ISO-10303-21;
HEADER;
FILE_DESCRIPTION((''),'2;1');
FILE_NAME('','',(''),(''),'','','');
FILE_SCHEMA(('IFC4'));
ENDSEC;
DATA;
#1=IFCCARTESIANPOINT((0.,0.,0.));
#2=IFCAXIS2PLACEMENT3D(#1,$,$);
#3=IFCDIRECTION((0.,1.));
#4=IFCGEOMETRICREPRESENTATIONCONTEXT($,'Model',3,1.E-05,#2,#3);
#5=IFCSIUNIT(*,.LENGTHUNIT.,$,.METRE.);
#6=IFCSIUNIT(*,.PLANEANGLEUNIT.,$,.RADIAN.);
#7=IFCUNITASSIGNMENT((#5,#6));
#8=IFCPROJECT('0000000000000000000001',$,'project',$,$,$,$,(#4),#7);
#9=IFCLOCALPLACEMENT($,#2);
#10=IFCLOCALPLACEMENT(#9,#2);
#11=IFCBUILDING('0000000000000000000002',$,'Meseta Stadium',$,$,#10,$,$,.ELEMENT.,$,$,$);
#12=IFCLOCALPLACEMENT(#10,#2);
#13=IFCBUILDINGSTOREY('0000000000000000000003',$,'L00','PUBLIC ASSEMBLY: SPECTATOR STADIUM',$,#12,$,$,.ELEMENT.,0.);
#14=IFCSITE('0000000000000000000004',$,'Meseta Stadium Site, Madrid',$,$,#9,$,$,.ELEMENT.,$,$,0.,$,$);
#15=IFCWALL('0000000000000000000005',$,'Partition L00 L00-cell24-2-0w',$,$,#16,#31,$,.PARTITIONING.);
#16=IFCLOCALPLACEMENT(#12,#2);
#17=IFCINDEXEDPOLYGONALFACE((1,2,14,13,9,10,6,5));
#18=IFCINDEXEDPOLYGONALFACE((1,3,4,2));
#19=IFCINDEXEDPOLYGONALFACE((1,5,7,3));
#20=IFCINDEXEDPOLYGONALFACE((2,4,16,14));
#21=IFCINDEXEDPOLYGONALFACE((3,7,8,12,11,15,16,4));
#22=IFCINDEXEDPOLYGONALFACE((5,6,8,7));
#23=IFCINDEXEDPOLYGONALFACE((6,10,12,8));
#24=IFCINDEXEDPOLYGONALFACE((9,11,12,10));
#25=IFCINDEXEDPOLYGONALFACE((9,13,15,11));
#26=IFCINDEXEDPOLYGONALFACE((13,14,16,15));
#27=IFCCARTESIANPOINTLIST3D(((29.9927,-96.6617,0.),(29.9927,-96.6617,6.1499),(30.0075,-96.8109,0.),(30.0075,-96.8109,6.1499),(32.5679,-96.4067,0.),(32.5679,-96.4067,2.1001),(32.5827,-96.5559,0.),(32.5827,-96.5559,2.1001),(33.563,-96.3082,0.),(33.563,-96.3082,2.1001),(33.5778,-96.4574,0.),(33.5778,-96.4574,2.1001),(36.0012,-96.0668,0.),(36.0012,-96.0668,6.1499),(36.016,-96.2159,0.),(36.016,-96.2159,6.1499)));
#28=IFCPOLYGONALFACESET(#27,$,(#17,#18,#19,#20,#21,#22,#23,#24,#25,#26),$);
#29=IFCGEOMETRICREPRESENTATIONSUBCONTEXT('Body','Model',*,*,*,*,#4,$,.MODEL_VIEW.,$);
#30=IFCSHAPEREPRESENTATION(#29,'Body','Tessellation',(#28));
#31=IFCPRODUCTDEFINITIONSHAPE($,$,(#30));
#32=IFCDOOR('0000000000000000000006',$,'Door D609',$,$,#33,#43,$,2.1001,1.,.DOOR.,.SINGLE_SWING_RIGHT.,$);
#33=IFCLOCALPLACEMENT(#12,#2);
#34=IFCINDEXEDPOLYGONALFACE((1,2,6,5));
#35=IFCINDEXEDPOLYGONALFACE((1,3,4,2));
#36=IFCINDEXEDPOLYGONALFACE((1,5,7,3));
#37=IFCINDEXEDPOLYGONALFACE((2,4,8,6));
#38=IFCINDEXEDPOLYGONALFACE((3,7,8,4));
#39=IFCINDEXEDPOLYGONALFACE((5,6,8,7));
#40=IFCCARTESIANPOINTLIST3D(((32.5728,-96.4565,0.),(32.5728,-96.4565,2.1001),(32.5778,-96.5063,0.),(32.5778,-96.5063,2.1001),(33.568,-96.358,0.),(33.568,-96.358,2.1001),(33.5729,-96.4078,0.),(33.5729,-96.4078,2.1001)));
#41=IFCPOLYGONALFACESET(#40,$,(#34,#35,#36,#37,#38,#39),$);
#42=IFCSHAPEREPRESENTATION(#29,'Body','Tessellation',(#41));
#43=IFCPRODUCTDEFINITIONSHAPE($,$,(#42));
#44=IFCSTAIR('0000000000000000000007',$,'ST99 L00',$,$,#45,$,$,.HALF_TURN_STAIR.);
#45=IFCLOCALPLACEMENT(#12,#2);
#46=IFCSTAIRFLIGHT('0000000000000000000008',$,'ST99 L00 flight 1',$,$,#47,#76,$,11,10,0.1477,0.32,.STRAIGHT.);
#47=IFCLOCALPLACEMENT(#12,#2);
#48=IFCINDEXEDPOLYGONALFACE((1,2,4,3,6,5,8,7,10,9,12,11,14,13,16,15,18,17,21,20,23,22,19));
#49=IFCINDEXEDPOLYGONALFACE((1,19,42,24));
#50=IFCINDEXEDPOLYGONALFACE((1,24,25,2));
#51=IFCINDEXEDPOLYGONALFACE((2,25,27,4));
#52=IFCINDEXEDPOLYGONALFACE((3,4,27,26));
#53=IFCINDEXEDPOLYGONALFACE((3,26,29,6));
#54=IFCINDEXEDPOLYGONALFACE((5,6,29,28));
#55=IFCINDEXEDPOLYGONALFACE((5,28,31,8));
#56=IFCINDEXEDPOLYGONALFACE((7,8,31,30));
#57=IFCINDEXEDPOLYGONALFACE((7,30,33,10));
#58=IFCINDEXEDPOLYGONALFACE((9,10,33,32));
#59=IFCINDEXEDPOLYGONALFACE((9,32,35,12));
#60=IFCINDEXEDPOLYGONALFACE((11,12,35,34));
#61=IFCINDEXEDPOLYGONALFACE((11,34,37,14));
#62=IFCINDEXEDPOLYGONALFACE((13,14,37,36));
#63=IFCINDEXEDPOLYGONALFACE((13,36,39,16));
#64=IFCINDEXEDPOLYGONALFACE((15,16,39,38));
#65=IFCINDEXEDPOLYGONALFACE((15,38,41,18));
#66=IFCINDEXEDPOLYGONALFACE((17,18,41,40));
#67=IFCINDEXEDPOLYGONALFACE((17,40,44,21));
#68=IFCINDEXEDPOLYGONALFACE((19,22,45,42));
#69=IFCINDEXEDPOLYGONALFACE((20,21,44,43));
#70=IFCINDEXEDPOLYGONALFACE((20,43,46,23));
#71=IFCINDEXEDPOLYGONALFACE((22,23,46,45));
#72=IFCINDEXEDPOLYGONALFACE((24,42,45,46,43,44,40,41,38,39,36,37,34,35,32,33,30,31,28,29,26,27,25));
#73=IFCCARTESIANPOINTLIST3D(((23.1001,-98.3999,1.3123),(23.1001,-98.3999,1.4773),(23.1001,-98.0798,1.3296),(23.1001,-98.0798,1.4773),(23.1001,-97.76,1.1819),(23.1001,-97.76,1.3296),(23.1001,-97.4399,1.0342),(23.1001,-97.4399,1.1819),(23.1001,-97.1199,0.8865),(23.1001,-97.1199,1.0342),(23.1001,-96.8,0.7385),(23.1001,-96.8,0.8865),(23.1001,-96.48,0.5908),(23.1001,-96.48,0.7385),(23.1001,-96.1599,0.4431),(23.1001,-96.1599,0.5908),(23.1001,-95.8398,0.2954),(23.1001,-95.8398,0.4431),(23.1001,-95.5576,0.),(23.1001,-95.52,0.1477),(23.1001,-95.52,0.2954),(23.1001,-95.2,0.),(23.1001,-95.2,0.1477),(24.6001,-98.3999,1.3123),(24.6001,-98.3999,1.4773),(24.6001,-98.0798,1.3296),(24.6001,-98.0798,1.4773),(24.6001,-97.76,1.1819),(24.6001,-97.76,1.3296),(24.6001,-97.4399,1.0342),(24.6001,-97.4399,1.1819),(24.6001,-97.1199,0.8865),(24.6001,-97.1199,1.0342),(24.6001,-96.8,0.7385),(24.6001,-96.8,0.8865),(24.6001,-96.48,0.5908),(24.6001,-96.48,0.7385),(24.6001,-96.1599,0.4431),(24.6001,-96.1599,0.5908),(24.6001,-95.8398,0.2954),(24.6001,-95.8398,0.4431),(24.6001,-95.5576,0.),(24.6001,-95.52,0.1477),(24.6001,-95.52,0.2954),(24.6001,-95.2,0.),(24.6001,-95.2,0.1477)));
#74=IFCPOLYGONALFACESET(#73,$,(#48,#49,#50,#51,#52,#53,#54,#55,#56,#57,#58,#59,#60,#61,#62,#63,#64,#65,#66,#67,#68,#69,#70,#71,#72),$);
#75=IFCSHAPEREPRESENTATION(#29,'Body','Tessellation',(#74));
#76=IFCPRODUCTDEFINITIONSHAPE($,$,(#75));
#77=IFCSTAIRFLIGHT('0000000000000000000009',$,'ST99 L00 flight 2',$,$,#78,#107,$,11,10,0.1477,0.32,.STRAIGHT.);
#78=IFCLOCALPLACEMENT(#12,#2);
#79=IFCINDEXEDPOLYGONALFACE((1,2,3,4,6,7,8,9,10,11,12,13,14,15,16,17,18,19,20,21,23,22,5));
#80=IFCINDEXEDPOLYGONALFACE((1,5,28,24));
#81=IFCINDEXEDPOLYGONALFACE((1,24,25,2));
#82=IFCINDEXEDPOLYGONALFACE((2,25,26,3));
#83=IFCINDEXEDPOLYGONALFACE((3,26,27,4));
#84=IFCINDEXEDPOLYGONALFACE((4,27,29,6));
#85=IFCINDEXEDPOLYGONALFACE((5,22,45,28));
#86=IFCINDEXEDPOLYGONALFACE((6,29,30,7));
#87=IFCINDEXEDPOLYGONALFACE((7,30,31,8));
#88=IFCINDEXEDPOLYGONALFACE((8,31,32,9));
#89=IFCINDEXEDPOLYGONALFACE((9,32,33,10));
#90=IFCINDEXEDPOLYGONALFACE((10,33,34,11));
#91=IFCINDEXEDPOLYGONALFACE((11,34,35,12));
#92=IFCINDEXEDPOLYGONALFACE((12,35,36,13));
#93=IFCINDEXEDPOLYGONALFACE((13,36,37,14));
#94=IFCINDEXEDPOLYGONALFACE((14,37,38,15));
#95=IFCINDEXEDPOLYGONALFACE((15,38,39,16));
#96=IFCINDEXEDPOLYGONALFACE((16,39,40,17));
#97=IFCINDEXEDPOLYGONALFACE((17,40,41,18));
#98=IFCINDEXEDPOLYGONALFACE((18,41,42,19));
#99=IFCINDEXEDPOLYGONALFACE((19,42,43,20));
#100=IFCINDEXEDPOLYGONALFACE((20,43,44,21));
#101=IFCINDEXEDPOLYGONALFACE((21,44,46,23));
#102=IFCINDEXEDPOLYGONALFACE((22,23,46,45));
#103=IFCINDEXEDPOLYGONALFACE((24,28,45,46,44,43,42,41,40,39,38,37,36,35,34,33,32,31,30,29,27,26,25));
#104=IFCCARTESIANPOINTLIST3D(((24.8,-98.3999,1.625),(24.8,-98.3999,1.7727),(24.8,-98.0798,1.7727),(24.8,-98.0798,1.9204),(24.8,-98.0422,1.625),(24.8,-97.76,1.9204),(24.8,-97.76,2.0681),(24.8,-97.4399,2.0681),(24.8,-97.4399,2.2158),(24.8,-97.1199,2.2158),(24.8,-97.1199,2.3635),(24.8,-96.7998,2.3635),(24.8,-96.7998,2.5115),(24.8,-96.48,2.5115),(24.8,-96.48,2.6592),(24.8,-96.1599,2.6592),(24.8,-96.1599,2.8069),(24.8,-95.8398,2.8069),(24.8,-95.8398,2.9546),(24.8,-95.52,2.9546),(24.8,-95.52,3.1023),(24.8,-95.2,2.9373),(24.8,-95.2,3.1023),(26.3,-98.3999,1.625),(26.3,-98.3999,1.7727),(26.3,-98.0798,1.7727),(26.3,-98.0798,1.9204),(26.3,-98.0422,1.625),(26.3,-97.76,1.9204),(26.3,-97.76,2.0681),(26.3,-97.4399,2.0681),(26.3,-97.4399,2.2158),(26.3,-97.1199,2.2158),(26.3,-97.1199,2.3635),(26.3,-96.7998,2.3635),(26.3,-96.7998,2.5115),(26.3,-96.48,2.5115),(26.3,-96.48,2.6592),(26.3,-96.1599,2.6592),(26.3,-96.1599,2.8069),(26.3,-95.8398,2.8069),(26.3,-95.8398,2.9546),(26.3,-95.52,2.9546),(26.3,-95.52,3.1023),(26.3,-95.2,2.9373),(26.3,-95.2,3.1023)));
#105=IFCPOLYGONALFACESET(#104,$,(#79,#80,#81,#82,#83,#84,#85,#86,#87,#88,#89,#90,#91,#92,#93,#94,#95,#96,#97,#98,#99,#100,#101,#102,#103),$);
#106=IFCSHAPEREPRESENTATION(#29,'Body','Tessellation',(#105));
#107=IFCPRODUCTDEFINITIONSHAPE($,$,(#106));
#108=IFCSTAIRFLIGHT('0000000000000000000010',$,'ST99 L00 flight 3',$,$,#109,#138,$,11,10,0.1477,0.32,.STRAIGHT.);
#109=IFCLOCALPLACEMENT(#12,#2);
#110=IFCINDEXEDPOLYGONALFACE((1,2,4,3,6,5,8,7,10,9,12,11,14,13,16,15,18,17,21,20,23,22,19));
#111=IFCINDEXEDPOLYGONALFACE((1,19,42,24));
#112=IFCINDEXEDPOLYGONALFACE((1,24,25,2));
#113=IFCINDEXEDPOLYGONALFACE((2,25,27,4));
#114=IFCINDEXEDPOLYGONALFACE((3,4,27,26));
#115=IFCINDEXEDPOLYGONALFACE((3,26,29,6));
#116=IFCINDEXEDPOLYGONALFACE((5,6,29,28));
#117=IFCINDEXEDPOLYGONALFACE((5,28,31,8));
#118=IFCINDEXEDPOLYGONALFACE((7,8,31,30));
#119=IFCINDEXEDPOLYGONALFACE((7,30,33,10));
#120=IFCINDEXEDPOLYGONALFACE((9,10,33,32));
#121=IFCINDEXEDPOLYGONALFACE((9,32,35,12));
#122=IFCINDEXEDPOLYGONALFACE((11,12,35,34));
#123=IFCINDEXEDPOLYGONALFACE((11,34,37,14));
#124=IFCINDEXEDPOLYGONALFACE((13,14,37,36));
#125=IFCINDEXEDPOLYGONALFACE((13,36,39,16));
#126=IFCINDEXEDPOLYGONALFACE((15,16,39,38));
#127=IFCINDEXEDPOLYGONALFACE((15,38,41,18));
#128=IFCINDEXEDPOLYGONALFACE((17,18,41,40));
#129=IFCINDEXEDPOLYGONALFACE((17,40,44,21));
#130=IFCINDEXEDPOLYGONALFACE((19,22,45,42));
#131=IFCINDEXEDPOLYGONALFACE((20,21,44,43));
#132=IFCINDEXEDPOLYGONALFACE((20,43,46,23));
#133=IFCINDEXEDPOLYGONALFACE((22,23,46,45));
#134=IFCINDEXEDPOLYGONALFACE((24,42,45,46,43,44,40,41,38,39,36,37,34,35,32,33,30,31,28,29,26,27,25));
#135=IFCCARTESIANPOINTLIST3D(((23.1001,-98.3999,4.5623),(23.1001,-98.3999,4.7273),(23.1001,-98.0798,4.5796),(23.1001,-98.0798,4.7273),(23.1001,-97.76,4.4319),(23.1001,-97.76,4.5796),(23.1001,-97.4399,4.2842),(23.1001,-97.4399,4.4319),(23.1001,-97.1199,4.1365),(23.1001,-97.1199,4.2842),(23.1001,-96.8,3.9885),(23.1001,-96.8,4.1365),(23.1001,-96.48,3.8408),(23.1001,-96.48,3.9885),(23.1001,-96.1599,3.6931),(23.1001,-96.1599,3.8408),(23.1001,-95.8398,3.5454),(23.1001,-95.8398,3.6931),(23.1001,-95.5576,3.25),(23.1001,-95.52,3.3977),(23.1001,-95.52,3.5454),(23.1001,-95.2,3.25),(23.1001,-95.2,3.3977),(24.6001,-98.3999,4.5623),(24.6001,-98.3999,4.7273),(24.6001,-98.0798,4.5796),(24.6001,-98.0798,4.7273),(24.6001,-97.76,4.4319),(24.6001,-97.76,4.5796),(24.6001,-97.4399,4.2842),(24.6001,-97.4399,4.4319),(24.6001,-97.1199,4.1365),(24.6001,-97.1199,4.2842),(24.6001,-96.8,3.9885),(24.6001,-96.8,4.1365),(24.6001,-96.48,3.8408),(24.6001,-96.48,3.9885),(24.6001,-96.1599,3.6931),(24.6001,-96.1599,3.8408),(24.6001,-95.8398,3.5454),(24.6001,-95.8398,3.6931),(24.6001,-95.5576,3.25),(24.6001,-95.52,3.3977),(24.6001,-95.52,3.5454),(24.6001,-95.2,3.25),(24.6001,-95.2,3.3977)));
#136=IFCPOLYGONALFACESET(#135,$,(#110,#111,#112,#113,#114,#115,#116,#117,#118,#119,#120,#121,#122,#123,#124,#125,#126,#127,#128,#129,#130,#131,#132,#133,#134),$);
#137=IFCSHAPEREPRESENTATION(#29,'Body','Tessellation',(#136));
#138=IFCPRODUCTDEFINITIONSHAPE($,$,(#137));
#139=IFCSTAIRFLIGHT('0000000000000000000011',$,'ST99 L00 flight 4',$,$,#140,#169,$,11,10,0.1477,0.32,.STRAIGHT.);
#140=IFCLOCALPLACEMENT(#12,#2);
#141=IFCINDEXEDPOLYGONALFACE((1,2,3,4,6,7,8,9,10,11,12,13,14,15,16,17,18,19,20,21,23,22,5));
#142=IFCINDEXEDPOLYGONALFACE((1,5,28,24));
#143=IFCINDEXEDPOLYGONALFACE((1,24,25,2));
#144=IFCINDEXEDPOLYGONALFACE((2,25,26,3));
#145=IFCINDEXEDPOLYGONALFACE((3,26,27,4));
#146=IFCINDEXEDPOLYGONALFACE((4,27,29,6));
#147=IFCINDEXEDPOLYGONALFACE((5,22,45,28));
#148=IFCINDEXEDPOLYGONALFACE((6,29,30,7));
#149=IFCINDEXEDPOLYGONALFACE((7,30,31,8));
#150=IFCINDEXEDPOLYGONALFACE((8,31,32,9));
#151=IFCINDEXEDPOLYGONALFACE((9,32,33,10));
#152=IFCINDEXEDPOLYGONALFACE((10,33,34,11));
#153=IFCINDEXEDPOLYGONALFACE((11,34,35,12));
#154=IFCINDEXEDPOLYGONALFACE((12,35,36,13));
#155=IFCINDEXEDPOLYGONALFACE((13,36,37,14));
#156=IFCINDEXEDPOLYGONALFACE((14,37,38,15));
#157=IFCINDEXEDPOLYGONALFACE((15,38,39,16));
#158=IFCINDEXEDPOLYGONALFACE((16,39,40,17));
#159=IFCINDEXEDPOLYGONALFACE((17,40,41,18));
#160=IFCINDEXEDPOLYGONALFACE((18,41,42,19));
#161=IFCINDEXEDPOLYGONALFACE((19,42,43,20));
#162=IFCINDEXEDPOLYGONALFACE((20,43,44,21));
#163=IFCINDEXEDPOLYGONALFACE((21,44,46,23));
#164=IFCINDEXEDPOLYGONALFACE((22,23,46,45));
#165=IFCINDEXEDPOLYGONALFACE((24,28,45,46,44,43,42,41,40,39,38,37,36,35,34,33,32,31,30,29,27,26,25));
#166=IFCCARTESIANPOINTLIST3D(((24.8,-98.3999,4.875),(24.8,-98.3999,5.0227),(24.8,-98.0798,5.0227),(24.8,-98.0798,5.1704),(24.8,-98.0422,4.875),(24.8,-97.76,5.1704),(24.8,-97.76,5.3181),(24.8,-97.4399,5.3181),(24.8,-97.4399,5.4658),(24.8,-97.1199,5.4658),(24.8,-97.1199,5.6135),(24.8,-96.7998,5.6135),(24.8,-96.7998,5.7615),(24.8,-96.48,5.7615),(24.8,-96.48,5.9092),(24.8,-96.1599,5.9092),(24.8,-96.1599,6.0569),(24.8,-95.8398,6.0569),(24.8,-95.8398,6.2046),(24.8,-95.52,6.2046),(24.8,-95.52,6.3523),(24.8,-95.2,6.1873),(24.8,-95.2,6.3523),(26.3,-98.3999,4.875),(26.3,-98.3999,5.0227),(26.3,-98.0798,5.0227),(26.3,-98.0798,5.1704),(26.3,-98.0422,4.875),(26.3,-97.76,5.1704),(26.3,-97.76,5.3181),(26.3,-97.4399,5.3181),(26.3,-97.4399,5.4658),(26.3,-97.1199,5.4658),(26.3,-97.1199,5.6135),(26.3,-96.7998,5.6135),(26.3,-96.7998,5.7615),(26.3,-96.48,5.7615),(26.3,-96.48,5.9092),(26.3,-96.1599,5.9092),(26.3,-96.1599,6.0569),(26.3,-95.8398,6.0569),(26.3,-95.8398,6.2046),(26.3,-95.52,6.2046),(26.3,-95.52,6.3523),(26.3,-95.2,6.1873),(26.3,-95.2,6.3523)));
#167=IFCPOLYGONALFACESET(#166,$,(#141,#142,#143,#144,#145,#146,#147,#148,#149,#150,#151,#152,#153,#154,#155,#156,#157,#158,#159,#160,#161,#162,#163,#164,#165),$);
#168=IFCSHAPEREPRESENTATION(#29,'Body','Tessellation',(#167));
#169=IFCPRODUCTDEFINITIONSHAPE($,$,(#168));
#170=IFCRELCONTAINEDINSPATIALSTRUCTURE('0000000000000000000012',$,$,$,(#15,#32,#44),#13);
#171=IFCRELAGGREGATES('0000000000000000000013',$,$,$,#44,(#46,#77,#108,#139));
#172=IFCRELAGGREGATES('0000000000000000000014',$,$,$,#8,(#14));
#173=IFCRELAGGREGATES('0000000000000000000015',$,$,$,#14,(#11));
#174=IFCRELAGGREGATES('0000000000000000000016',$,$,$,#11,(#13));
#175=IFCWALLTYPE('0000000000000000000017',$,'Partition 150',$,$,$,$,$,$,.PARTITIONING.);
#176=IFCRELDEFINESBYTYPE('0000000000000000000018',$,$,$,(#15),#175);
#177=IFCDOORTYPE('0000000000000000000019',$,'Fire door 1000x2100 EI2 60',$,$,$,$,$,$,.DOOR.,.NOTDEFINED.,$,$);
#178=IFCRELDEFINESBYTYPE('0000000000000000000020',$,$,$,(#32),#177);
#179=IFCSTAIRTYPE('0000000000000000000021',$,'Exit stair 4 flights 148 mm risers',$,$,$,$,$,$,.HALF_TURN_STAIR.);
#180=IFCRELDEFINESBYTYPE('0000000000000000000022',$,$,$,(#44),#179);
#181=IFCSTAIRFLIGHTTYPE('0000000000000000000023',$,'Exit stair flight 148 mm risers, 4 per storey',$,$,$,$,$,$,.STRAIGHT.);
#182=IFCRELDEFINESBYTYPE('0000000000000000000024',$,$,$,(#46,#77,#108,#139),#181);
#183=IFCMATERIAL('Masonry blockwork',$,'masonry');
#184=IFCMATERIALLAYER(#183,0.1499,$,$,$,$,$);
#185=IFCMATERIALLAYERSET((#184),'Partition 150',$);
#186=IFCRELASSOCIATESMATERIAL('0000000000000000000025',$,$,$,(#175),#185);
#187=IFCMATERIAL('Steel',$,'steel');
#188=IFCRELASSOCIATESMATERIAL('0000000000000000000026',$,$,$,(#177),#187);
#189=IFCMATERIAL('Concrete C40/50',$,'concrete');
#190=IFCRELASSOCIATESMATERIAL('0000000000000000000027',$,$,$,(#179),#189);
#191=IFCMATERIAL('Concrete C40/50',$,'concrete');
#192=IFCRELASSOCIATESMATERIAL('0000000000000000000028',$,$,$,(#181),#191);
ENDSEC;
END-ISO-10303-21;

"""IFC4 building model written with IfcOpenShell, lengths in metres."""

from ifc_helpers import new_model, si_unit, direction, frame, frame_2d, origin, place, context, subcontext, project, spatial, polyline, rectangle, outline, extrude, material, layer, layer_set, type_object, element, fill, aggregate, save


model = new_model("IFC4")

# Units and contexts
model_context = context("Model", 3, precision=1e-05, world=origin(), true_north=direction((0.0, 1.0)))
body_context = subcontext(model_context, "Body", "Model", "MODEL_VIEW")
ifc_project = project(units=[si_unit("LENGTHUNIT", "METRE"), si_unit("PLANEANGLEUNIT", "RADIAN")], contexts=[model_context])

# Site, building, storey
site_placement = place(None, origin())
site = spatial("IfcSite", under=ifc_project, at=site_placement, Name="Meseta Stadium Site, Madrid", CompositionType="ELEMENT", RefElevation=0.0)
building_placement = place(site_placement, origin())
building = spatial("IfcBuilding", under=site, at=building_placement, Name="Meseta Stadium", CompositionType="ELEMENT")
storey_placement = place(building_placement, origin())
storey = spatial("IfcBuildingStorey", under=building, at=storey_placement, Name="L00", Description="PUBLIC ASSEMBLY: SPECTATOR STADIUM", CompositionType="ELEMENT", Elevation=0.0)

# Wall, opening, door
ifc_material_1 = material(Name="Masonry blockwork", Category="masonry")
ifc_layer = layer(ifc_material_1, 0.1499)
ifc_layer_set = layer_set([ifc_layer], Name="Partition 150")
wall_type = type_object("IfcWallType", Name="Partition 150", PredefinedType="PARTITIONING", material=ifc_layer_set)
wall_placement = place(storey_placement, frame((30.0, -96.7363, 0.0), z_axis=(0.0, 0.0, 1.0), x_axis=(0.995133, 0.098539, 0.0)))
wall = element("IfcWall", 1, at=wall_placement, inside=storey, type_object=wall_type, Name="Partition L00 L00-cell24-2-0w", PredefinedType="PARTITIONING", context=body_context, shape_type="SweptSolid", body=[
    extrude(rectangle(XDim=6.0378, YDim=0.1499, at=frame_2d((3.019, 0.0))), origin(), (0.0, 0.0, 1.0), 6.1499),
])
opening_placement = place(wall_placement, frame((2.5879, 0.0, 0.0)))
opening = element("IfcOpeningElement", 2, at=opening_placement, cuts=wall, PredefinedType="OPENING", context=body_context, shape_type="SweptSolid", body=[
    extrude(rectangle(XDim=1.0, YDim=2.1001, at=frame_2d((0.5, 1.05))), frame((0.0, 0.085, 0.0), z_axis=(0.0, -1.0, 0.0), x_axis=(1.0, 0.0, 0.0)), (0.0, 0.0, 1.0), 0.1699),
])
ifc_material_2 = material(Name="Steel", Category="steel")
door_type = type_object("IfcDoorType", Name="Fire door 1000x2100 EI2 60", OperationType="NOTDEFINED", PredefinedType="DOOR", material=ifc_material_2)
door_placement = place(opening_placement, origin())
door = element("IfcDoor", 3, at=door_placement, inside=storey, type_object=door_type, Name="Door D609", OperationType="SINGLE_SWING_RIGHT", OverallHeight=2.1001, OverallWidth=1.0, PredefinedType="DOOR", context=body_context, shape_type="SweptSolid", body=[
    extrude(rectangle(XDim=1.0, YDim=2.1001, at=frame_2d((0.5, 1.05))), frame((0.0, 0.0249, 0.0), z_axis=(0.0, -1.0, 0.0), x_axis=(1.0, 0.0, 0.0)), (0.0, 0.0, 1.0), 0.05),
])
fill(opening, door)

# Stair, stair flights
ifc_material_3 = material(Name="Concrete C40/50", Category="concrete")
stair_type = type_object("IfcStairType", Name="Exit stair 4 flights 148 mm risers", PredefinedType="HALF_TURN_STAIR", material=ifc_material_3)
stair_1_placement = place(storey_placement, origin())
stair_1 = element("IfcStair", 4, at=stair_1_placement, inside=storey, type_object=stair_type, Name="ST99 L00", PredefinedType="HALF_TURN_STAIR")
ifc_material_4 = material(Name="Concrete C40/50", Category="concrete")
stair_flight_type = type_object("IfcStairFlightType", Name="Exit stair flight 148 mm risers, 4 per storey", PredefinedType="STRAIGHT", material=ifc_material_4)
stair_flight_1_placement = place(storey_placement, frame((23.8501, -95.2, 0.0), z_axis=(0.0, 0.0, 1.0), x_axis=(0.0, -1.0, 0.0)))
stair_flight_1 = element("IfcStairFlight", 5, at=stair_flight_1_placement, type_object=stair_flight_type, Name="ST99 L00 flight 1", NumberOfRisers=11, NumberOfTreads=10, PredefinedType="STRAIGHT", RiserHeight=0.1477, TreadLength=0.32, context=body_context, shape_type="SweptSolid", body=[
    extrude(outline(polyline([(0.0, 0.0), (0.0, 0.1477), (0.3201, 0.1477), (0.3201, 0.2954), (0.6399, 0.2954), (0.6399, 0.4431), (0.96, 0.4431), (0.96, 0.5908), (1.28, 0.5908), (1.28, 0.7385), (1.6001, 0.7385), (1.6001, 0.8865), (1.9199, 0.8865), (1.9199, 1.0342), (2.24, 1.0342), (2.24, 1.1819), (2.5601, 1.1819), (2.5601, 1.3296), (2.8799, 1.3296), (2.8799, 1.4773), (3.2, 1.4773), (3.2, 1.3123), (0.3577, 0.0), (0.0, 0.0)])), frame((0.0, 0.75, 0.0), z_axis=(0.0, -1.0, 0.0), x_axis=(1.0, 0.0, 0.0)), (0.0, 0.0, 1.0), 1.5),
])
stair_flight_2_placement = place(storey_placement, frame((25.55, -98.3999, 1.625), z_axis=(0.0, 0.0, 1.0), x_axis=(0.0, 1.0, 0.0)))
stair_flight_2 = element("IfcStairFlight", 6, at=stair_flight_2_placement, type_object=stair_flight_type, Name="ST99 L00 flight 2", NumberOfRisers=11, NumberOfTreads=10, PredefinedType="STRAIGHT", RiserHeight=0.1477, TreadLength=0.32, context=body_context, shape_type="SweptSolid", body=[
    extrude(outline(polyline([(0.0, 0.0), (0.0, 0.1477), (0.3201, 0.1477), (0.3201, 0.2954), (0.6399, 0.2954), (0.6399, 0.4431), (0.96, 0.4431), (0.96, 0.5908), (1.28, 0.5908), (1.28, 0.7385), (1.6001, 0.7385), (1.6001, 0.8865), (1.9199, 0.8865), (1.9199, 1.0342), (2.24, 1.0342), (2.24, 1.1819), (2.5601, 1.1819), (2.5601, 1.3296), (2.8799, 1.3296), (2.8799, 1.4773), (3.2, 1.4773), (3.2, 1.3123), (0.3577, 0.0), (0.0, 0.0)])), frame((0.0, 0.75, 0.0), z_axis=(0.0, -1.0, 0.0), x_axis=(1.0, 0.0, 0.0)), (0.0, 0.0, 1.0), 1.5),
])
stair_flight_3_placement = place(storey_placement, frame((23.8501, -95.2, 3.25), z_axis=(0.0, 0.0, 1.0), x_axis=(0.0, -1.0, 0.0)))
stair_flight_3 = element("IfcStairFlight", 7, at=stair_flight_3_placement, type_object=stair_flight_type, Name="ST99 L00 flight 3", NumberOfRisers=11, NumberOfTreads=10, PredefinedType="STRAIGHT", RiserHeight=0.1477, TreadLength=0.32, context=body_context, shape_type="SweptSolid", body=[
    extrude(outline(polyline([(0.0, 0.0), (0.0, 0.1477), (0.3201, 0.1477), (0.3201, 0.2954), (0.6399, 0.2954), (0.6399, 0.4431), (0.96, 0.4431), (0.96, 0.5908), (1.28, 0.5908), (1.28, 0.7385), (1.6001, 0.7385), (1.6001, 0.8865), (1.9199, 0.8865), (1.9199, 1.0342), (2.24, 1.0342), (2.24, 1.1819), (2.5601, 1.1819), (2.5601, 1.3296), (2.8799, 1.3296), (2.8799, 1.4773), (3.2, 1.4773), (3.2, 1.3123), (0.3577, 0.0), (0.0, 0.0)])), frame((0.0, 0.75, 0.0), z_axis=(0.0, -1.0, 0.0), x_axis=(1.0, 0.0, 0.0)), (0.0, 0.0, 1.0), 1.5),
])
stair_flight_4_placement = place(storey_placement, frame((25.55, -98.3999, 4.875), z_axis=(0.0, 0.0, 1.0), x_axis=(0.0, 1.0, 0.0)))
stair_flight_4 = element("IfcStairFlight", 8, at=stair_flight_4_placement, type_object=stair_flight_type, Name="ST99 L00 flight 4", NumberOfRisers=11, NumberOfTreads=10, PredefinedType="STRAIGHT", RiserHeight=0.1477, TreadLength=0.32, context=body_context, shape_type="SweptSolid", body=[
    extrude(outline(polyline([(0.0, 0.0), (0.0, 0.1477), (0.3201, 0.1477), (0.3201, 0.2954), (0.6399, 0.2954), (0.6399, 0.4431), (0.96, 0.4431), (0.96, 0.5908), (1.28, 0.5908), (1.28, 0.7385), (1.6001, 0.7385), (1.6001, 0.8865), (1.9199, 0.8865), (1.9199, 1.0342), (2.24, 1.0342), (2.24, 1.1819), (2.5601, 1.1819), (2.5601, 1.3296), (2.8799, 1.3296), (2.8799, 1.4773), (3.2, 1.4773), (3.2, 1.3123), (0.3577, 0.0), (0.0, 0.0)])), frame((0.0, 0.75, 0.0), z_axis=(0.0, -1.0, 0.0), x_axis=(1.0, 0.0, 0.0)), (0.0, 0.0, 1.0), 1.5),
])
aggregate(stair_1, [stair_flight_1, stair_flight_2, stair_flight_3, stair_flight_4])

save(model, "model.ifc")
